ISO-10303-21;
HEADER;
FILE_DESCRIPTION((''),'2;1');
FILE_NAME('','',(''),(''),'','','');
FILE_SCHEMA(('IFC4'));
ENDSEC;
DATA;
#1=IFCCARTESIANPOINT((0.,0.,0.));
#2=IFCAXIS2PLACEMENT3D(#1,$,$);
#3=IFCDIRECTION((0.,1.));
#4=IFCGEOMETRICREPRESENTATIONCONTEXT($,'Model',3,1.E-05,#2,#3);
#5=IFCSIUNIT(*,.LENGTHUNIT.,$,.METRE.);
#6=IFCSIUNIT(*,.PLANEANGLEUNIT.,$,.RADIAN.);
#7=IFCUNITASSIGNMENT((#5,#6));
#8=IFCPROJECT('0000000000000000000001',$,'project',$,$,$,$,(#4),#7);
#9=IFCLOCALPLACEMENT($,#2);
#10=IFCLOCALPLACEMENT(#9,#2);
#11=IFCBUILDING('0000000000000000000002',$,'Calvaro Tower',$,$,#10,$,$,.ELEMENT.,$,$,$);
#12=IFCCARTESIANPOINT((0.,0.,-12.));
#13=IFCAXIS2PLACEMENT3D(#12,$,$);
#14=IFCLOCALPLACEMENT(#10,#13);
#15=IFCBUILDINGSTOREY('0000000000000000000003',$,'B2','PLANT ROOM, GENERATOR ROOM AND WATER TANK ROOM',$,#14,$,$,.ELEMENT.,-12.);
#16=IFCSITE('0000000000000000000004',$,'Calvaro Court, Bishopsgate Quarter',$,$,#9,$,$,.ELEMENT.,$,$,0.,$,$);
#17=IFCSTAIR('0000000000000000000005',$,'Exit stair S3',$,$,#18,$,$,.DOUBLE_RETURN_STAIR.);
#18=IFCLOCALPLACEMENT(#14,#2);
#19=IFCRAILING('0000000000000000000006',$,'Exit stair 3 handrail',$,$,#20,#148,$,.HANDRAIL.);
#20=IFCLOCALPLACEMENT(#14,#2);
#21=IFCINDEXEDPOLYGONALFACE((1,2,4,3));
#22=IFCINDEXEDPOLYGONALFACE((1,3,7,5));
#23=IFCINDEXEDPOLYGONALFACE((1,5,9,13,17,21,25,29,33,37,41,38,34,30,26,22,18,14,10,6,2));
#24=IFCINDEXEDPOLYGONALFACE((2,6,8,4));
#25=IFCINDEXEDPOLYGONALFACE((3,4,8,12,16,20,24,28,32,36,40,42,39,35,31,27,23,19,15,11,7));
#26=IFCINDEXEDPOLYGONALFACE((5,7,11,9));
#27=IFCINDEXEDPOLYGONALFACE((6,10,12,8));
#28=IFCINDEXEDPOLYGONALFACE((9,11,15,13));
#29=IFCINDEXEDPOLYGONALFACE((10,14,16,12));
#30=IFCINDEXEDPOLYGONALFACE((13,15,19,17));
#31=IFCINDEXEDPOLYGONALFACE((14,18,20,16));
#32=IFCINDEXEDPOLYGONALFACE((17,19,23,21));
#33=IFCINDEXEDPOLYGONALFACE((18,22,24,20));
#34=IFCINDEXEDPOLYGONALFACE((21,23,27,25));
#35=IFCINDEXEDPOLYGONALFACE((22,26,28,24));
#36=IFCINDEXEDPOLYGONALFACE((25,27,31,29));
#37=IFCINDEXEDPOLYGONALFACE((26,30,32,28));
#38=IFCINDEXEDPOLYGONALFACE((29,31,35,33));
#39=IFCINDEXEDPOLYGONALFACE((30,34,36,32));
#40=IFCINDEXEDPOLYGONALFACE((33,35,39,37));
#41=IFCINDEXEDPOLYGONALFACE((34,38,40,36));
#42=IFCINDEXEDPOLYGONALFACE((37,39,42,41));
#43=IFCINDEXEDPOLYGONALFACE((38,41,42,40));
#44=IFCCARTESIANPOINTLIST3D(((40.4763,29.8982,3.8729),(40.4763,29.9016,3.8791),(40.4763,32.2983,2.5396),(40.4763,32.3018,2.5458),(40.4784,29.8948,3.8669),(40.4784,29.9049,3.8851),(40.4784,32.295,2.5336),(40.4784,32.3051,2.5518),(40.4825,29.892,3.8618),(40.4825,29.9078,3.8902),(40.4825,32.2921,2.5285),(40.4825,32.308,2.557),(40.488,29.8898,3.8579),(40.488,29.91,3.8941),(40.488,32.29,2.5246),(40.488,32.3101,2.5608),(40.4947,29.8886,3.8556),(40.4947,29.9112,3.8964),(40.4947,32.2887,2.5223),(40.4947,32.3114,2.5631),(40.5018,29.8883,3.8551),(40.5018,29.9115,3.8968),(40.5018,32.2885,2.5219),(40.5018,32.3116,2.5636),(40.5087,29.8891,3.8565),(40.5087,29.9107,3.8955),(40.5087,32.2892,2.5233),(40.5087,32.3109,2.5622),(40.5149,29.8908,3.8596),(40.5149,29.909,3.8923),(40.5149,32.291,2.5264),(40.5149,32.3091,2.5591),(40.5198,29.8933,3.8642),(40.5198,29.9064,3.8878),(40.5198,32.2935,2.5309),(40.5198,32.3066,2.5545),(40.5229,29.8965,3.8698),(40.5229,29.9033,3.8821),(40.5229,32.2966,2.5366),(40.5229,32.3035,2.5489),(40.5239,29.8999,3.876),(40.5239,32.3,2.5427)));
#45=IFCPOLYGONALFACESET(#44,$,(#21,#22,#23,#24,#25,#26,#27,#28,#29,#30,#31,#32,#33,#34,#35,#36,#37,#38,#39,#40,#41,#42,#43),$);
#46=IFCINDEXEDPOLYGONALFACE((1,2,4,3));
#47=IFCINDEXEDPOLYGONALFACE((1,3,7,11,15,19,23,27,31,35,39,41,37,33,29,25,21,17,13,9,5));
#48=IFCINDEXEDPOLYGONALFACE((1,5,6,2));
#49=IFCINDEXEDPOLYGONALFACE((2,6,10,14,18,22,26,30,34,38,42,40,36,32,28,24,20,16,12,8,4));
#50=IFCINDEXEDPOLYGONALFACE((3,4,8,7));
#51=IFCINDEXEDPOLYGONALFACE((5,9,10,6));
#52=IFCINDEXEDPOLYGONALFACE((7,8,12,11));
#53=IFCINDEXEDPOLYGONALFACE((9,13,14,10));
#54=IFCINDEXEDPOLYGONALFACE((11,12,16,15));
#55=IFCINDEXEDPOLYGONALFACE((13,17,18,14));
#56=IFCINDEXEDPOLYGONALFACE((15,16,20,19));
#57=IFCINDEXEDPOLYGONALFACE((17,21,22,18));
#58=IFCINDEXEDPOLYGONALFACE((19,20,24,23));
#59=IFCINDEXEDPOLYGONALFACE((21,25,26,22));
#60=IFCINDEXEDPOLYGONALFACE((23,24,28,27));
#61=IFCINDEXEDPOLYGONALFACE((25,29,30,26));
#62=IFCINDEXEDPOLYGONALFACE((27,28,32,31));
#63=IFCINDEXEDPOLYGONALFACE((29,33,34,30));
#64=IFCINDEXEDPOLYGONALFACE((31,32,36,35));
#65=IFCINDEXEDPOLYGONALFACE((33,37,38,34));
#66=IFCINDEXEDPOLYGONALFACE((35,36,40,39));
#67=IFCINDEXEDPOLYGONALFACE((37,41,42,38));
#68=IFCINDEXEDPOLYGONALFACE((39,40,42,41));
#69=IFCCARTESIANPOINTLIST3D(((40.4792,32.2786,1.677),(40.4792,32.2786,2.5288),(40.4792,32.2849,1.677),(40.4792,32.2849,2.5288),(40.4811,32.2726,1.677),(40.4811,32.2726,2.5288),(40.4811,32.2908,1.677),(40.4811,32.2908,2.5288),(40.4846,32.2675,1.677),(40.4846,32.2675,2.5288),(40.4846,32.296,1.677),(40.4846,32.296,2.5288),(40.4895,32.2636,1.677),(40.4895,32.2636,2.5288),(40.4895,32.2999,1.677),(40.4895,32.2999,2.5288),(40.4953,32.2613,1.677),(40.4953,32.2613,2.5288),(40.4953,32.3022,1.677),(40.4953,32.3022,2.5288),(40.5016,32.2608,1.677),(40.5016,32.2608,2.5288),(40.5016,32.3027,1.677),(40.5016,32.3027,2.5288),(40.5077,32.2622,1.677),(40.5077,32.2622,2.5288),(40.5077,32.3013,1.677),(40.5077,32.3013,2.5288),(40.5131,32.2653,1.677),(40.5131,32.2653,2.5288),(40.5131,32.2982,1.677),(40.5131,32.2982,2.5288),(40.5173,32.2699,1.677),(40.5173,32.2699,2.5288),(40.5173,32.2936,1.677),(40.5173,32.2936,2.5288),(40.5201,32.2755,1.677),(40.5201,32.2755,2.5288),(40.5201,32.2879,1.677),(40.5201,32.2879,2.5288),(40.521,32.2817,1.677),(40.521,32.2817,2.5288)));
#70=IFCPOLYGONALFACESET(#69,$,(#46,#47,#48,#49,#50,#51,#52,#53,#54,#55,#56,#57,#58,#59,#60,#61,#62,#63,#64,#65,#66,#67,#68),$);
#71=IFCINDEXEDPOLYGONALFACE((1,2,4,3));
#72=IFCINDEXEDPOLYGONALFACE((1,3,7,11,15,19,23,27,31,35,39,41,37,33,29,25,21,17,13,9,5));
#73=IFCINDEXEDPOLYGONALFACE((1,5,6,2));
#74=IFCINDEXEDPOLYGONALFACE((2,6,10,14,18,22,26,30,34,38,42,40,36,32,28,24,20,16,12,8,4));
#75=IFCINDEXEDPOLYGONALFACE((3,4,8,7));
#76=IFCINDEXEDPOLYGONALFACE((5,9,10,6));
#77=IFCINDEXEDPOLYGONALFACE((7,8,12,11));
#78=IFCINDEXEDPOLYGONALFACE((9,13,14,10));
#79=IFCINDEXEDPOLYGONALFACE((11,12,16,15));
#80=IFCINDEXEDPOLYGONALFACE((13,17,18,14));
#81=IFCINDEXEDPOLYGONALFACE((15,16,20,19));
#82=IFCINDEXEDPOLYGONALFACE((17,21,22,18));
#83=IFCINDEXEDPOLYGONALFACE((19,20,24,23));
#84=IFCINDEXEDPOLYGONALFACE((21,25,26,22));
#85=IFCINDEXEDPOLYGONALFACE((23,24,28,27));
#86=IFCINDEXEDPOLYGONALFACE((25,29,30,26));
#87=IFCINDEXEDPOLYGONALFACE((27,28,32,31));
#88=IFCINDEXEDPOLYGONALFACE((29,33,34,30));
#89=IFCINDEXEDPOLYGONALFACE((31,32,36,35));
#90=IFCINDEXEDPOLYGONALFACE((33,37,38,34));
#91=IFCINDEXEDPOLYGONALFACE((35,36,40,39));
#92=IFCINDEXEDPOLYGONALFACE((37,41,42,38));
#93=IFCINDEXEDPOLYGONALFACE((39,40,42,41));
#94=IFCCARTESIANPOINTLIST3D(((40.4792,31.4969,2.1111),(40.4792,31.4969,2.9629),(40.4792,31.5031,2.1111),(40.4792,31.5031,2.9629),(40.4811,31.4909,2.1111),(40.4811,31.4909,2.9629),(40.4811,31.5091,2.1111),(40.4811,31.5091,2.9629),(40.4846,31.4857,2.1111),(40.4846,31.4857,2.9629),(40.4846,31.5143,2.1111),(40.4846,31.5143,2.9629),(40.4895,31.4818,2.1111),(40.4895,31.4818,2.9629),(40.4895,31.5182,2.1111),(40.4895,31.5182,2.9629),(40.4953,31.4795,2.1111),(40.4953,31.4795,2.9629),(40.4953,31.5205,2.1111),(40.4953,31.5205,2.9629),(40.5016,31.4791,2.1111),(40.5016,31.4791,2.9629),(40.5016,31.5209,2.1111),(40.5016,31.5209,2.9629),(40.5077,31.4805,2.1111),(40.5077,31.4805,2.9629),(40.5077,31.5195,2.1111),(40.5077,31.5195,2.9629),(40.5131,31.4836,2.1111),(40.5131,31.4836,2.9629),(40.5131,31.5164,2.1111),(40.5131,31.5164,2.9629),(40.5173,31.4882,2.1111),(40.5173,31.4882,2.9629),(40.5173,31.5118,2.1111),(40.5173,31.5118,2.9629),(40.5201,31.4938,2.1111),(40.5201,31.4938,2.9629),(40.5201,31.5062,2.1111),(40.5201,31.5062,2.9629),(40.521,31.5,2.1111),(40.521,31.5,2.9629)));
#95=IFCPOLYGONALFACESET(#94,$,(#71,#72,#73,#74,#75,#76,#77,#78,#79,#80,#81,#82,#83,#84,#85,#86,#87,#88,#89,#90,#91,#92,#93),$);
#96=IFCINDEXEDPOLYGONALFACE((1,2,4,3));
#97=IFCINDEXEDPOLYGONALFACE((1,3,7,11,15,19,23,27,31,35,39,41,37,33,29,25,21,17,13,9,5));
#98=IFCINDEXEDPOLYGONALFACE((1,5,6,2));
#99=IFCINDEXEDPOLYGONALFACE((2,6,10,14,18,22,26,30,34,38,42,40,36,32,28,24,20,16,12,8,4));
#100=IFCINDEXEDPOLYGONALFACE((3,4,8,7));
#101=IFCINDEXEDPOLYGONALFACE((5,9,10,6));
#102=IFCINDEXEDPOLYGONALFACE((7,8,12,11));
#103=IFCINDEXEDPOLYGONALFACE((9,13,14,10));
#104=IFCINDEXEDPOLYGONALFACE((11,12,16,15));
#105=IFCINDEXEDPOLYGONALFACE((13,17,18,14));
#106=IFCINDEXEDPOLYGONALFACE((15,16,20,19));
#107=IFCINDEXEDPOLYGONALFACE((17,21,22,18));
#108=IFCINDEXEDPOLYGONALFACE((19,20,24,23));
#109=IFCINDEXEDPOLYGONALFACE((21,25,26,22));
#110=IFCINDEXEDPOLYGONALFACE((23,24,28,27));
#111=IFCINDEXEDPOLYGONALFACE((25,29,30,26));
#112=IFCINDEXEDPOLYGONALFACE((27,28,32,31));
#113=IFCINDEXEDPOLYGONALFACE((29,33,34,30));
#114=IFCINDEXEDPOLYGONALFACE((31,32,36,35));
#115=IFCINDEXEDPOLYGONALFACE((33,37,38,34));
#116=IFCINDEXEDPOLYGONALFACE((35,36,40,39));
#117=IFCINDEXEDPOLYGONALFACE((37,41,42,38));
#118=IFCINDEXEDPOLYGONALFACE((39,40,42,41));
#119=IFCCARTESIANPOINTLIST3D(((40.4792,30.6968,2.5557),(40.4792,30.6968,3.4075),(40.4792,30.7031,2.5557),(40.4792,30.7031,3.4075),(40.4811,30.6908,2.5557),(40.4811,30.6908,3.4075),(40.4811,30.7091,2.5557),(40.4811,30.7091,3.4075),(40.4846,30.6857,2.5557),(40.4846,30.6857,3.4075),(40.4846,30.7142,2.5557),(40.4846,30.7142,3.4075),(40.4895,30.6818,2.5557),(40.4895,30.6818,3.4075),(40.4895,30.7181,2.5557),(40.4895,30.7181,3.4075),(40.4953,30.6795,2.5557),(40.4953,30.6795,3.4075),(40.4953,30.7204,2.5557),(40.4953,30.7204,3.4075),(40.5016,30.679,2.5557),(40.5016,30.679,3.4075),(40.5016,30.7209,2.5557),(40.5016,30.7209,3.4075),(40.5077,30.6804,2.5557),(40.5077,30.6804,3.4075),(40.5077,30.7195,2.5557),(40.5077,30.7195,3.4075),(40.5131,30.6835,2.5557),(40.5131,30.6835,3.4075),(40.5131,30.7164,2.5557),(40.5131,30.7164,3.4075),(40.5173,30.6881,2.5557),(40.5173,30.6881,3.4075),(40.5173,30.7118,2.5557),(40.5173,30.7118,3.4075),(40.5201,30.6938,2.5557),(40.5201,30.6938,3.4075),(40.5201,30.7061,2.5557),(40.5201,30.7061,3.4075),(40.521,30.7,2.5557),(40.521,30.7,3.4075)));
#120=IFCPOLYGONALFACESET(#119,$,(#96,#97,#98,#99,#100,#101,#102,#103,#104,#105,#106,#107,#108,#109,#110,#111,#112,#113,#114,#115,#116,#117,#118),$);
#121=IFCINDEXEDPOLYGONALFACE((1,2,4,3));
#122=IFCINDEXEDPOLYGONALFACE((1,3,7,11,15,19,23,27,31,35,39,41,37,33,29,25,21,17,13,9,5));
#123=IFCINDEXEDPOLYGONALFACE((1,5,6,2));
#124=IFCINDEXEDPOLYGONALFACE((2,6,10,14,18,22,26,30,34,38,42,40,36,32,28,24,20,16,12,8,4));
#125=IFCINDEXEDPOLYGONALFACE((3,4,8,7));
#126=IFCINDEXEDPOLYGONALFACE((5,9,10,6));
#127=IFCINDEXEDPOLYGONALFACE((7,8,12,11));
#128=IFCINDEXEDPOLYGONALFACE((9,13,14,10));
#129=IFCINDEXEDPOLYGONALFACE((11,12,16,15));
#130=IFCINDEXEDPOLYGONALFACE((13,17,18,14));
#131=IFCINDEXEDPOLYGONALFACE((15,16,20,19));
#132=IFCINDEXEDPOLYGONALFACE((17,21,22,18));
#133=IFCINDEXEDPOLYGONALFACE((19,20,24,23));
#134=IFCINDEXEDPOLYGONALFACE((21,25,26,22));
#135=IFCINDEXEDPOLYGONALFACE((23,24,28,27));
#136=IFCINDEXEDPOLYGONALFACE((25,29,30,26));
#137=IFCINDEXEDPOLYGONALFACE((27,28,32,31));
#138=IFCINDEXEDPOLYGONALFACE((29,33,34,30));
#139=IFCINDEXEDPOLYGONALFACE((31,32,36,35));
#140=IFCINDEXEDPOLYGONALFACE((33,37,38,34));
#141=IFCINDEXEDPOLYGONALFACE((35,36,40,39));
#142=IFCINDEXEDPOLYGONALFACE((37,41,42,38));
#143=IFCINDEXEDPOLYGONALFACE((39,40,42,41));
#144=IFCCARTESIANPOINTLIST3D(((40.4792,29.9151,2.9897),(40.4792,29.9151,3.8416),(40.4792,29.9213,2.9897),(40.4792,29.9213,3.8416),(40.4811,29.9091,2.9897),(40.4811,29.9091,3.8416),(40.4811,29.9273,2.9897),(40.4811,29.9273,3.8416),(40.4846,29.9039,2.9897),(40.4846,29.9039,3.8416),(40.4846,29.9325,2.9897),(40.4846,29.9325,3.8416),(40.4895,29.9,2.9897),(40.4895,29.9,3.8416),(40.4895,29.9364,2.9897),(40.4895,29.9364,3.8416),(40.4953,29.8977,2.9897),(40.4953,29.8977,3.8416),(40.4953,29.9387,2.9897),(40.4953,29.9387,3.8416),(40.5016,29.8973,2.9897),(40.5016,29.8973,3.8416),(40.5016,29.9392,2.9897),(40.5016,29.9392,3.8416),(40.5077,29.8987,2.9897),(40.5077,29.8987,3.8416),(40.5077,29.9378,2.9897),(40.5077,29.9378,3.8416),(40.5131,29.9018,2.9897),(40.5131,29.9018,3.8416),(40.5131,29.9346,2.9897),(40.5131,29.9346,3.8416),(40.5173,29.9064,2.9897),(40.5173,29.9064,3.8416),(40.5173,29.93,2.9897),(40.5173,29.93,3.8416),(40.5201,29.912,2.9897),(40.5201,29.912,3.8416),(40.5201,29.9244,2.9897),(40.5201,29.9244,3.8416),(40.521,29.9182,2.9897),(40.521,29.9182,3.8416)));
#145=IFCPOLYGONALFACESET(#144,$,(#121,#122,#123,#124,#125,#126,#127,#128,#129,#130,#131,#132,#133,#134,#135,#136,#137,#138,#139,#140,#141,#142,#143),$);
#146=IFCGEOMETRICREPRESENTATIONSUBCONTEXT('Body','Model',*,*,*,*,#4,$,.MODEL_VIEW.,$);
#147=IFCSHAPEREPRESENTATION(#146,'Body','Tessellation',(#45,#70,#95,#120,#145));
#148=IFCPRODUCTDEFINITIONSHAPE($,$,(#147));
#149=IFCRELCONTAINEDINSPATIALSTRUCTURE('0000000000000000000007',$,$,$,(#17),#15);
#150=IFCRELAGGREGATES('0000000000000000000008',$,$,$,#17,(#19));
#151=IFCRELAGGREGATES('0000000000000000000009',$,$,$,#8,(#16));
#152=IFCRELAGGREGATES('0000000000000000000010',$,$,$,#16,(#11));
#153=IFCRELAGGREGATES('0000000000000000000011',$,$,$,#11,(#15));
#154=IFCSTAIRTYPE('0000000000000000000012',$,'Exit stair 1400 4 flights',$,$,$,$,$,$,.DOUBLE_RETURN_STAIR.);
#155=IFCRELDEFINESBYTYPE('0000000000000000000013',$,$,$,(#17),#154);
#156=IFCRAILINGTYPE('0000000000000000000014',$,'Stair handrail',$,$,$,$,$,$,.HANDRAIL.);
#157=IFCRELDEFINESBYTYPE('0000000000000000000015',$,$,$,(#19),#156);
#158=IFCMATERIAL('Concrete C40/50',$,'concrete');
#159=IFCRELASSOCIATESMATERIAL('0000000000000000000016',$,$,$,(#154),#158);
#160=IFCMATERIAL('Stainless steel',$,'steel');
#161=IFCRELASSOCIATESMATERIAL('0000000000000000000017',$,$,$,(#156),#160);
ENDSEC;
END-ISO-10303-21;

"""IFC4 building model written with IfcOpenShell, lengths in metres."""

from ifc_helpers import new_model, si_unit, direction, frame, origin, origin_2d, place, context, subcontext, project, spatial, circle, extrude, material, type_object, element, aggregate, save


model = new_model("IFC4")

# Units and contexts
model_context = context("Model", 3, precision=1e-05, world=origin(), true_north=direction((0.0, 1.0)))
body_context = subcontext(model_context, "Body", "Model", "MODEL_VIEW")
ifc_project = project(units=[si_unit("LENGTHUNIT", "METRE"), si_unit("PLANEANGLEUNIT", "RADIAN")], contexts=[model_context])

# Site, building, storey
site_placement = place(None, origin())
site = spatial("IfcSite", under=ifc_project, at=site_placement, Name="Calvaro Court, Bishopsgate Quarter", CompositionType="ELEMENT", RefElevation=0.0)
building_placement = place(site_placement, origin())
building = spatial("IfcBuilding", under=site, at=building_placement, Name="Calvaro Tower", CompositionType="ELEMENT")
storey_placement = place(building_placement, frame((0.0, 0.0, -12.0)))
storey = spatial("IfcBuildingStorey", under=building, at=storey_placement, Name="B2", Description="PLANT ROOM, GENERATOR ROOM AND WATER TANK ROOM", CompositionType="ELEMENT", Elevation=-12.0)

# Stair, railing
ifc_material_1 = material(Name="Concrete C40/50", Category="concrete")
stair_type = type_object("IfcStairType", Name="Exit stair 1400 4 flights", PredefinedType="DOUBLE_RETURN_STAIR", material=ifc_material_1)
stair_placement = place(storey_placement, origin())
stair = element("IfcStair", 1, at=stair_placement, inside=storey, type_object=stair_type, Name="Exit stair S3", PredefinedType="DOUBLE_RETURN_STAIR")
ifc_material_2 = material(Name="Stainless steel", Category="steel")
railing_type = type_object("IfcRailingType", Name="Stair handrail", PredefinedType="HANDRAIL", material=ifc_material_2)
railing_1_placement = place(storey_placement, frame((40.5, 32.3, 1.6667)))
railing_1 = element("IfcRailing", 2, at=railing_1_placement, type_object=railing_type, Name="Exit stair 3 handrail", PredefinedType="HANDRAIL", context=body_context, shape_type="SweptSolid", body=[
    extrude(circle(Radius=0.0239, at=origin_2d()), frame((0.0, 0.0, 0.876), z_axis=(0.0, -0.874182, 0.485598), x_axis=(1.0, 0.0, 0.0)), (0.0, 0.0, 1.0), 2.7456),
    extrude(circle(Radius=0.021, at=origin_2d()), frame((0.0, -0.0183, 0.0103)), (0.0, 0.0, 1.0), 0.8518),
    extrude(circle(Radius=0.021, at=origin_2d()), frame((0.0, -0.8, 0.4443)), (0.0, 0.0, 1.0), 0.8518),
    extrude(circle(Radius=0.021, at=origin_2d()), frame((0.0, -1.6001, 0.8889)), (0.0, 0.0, 1.0), 0.8518),
    extrude(circle(Radius=0.021, at=origin_2d()), frame((0.0, -2.3818, 1.323)), (0.0, 0.0, 1.0), 0.8518),
])
aggregate(stair, [railing_1])

save(model, "model.ifc")
